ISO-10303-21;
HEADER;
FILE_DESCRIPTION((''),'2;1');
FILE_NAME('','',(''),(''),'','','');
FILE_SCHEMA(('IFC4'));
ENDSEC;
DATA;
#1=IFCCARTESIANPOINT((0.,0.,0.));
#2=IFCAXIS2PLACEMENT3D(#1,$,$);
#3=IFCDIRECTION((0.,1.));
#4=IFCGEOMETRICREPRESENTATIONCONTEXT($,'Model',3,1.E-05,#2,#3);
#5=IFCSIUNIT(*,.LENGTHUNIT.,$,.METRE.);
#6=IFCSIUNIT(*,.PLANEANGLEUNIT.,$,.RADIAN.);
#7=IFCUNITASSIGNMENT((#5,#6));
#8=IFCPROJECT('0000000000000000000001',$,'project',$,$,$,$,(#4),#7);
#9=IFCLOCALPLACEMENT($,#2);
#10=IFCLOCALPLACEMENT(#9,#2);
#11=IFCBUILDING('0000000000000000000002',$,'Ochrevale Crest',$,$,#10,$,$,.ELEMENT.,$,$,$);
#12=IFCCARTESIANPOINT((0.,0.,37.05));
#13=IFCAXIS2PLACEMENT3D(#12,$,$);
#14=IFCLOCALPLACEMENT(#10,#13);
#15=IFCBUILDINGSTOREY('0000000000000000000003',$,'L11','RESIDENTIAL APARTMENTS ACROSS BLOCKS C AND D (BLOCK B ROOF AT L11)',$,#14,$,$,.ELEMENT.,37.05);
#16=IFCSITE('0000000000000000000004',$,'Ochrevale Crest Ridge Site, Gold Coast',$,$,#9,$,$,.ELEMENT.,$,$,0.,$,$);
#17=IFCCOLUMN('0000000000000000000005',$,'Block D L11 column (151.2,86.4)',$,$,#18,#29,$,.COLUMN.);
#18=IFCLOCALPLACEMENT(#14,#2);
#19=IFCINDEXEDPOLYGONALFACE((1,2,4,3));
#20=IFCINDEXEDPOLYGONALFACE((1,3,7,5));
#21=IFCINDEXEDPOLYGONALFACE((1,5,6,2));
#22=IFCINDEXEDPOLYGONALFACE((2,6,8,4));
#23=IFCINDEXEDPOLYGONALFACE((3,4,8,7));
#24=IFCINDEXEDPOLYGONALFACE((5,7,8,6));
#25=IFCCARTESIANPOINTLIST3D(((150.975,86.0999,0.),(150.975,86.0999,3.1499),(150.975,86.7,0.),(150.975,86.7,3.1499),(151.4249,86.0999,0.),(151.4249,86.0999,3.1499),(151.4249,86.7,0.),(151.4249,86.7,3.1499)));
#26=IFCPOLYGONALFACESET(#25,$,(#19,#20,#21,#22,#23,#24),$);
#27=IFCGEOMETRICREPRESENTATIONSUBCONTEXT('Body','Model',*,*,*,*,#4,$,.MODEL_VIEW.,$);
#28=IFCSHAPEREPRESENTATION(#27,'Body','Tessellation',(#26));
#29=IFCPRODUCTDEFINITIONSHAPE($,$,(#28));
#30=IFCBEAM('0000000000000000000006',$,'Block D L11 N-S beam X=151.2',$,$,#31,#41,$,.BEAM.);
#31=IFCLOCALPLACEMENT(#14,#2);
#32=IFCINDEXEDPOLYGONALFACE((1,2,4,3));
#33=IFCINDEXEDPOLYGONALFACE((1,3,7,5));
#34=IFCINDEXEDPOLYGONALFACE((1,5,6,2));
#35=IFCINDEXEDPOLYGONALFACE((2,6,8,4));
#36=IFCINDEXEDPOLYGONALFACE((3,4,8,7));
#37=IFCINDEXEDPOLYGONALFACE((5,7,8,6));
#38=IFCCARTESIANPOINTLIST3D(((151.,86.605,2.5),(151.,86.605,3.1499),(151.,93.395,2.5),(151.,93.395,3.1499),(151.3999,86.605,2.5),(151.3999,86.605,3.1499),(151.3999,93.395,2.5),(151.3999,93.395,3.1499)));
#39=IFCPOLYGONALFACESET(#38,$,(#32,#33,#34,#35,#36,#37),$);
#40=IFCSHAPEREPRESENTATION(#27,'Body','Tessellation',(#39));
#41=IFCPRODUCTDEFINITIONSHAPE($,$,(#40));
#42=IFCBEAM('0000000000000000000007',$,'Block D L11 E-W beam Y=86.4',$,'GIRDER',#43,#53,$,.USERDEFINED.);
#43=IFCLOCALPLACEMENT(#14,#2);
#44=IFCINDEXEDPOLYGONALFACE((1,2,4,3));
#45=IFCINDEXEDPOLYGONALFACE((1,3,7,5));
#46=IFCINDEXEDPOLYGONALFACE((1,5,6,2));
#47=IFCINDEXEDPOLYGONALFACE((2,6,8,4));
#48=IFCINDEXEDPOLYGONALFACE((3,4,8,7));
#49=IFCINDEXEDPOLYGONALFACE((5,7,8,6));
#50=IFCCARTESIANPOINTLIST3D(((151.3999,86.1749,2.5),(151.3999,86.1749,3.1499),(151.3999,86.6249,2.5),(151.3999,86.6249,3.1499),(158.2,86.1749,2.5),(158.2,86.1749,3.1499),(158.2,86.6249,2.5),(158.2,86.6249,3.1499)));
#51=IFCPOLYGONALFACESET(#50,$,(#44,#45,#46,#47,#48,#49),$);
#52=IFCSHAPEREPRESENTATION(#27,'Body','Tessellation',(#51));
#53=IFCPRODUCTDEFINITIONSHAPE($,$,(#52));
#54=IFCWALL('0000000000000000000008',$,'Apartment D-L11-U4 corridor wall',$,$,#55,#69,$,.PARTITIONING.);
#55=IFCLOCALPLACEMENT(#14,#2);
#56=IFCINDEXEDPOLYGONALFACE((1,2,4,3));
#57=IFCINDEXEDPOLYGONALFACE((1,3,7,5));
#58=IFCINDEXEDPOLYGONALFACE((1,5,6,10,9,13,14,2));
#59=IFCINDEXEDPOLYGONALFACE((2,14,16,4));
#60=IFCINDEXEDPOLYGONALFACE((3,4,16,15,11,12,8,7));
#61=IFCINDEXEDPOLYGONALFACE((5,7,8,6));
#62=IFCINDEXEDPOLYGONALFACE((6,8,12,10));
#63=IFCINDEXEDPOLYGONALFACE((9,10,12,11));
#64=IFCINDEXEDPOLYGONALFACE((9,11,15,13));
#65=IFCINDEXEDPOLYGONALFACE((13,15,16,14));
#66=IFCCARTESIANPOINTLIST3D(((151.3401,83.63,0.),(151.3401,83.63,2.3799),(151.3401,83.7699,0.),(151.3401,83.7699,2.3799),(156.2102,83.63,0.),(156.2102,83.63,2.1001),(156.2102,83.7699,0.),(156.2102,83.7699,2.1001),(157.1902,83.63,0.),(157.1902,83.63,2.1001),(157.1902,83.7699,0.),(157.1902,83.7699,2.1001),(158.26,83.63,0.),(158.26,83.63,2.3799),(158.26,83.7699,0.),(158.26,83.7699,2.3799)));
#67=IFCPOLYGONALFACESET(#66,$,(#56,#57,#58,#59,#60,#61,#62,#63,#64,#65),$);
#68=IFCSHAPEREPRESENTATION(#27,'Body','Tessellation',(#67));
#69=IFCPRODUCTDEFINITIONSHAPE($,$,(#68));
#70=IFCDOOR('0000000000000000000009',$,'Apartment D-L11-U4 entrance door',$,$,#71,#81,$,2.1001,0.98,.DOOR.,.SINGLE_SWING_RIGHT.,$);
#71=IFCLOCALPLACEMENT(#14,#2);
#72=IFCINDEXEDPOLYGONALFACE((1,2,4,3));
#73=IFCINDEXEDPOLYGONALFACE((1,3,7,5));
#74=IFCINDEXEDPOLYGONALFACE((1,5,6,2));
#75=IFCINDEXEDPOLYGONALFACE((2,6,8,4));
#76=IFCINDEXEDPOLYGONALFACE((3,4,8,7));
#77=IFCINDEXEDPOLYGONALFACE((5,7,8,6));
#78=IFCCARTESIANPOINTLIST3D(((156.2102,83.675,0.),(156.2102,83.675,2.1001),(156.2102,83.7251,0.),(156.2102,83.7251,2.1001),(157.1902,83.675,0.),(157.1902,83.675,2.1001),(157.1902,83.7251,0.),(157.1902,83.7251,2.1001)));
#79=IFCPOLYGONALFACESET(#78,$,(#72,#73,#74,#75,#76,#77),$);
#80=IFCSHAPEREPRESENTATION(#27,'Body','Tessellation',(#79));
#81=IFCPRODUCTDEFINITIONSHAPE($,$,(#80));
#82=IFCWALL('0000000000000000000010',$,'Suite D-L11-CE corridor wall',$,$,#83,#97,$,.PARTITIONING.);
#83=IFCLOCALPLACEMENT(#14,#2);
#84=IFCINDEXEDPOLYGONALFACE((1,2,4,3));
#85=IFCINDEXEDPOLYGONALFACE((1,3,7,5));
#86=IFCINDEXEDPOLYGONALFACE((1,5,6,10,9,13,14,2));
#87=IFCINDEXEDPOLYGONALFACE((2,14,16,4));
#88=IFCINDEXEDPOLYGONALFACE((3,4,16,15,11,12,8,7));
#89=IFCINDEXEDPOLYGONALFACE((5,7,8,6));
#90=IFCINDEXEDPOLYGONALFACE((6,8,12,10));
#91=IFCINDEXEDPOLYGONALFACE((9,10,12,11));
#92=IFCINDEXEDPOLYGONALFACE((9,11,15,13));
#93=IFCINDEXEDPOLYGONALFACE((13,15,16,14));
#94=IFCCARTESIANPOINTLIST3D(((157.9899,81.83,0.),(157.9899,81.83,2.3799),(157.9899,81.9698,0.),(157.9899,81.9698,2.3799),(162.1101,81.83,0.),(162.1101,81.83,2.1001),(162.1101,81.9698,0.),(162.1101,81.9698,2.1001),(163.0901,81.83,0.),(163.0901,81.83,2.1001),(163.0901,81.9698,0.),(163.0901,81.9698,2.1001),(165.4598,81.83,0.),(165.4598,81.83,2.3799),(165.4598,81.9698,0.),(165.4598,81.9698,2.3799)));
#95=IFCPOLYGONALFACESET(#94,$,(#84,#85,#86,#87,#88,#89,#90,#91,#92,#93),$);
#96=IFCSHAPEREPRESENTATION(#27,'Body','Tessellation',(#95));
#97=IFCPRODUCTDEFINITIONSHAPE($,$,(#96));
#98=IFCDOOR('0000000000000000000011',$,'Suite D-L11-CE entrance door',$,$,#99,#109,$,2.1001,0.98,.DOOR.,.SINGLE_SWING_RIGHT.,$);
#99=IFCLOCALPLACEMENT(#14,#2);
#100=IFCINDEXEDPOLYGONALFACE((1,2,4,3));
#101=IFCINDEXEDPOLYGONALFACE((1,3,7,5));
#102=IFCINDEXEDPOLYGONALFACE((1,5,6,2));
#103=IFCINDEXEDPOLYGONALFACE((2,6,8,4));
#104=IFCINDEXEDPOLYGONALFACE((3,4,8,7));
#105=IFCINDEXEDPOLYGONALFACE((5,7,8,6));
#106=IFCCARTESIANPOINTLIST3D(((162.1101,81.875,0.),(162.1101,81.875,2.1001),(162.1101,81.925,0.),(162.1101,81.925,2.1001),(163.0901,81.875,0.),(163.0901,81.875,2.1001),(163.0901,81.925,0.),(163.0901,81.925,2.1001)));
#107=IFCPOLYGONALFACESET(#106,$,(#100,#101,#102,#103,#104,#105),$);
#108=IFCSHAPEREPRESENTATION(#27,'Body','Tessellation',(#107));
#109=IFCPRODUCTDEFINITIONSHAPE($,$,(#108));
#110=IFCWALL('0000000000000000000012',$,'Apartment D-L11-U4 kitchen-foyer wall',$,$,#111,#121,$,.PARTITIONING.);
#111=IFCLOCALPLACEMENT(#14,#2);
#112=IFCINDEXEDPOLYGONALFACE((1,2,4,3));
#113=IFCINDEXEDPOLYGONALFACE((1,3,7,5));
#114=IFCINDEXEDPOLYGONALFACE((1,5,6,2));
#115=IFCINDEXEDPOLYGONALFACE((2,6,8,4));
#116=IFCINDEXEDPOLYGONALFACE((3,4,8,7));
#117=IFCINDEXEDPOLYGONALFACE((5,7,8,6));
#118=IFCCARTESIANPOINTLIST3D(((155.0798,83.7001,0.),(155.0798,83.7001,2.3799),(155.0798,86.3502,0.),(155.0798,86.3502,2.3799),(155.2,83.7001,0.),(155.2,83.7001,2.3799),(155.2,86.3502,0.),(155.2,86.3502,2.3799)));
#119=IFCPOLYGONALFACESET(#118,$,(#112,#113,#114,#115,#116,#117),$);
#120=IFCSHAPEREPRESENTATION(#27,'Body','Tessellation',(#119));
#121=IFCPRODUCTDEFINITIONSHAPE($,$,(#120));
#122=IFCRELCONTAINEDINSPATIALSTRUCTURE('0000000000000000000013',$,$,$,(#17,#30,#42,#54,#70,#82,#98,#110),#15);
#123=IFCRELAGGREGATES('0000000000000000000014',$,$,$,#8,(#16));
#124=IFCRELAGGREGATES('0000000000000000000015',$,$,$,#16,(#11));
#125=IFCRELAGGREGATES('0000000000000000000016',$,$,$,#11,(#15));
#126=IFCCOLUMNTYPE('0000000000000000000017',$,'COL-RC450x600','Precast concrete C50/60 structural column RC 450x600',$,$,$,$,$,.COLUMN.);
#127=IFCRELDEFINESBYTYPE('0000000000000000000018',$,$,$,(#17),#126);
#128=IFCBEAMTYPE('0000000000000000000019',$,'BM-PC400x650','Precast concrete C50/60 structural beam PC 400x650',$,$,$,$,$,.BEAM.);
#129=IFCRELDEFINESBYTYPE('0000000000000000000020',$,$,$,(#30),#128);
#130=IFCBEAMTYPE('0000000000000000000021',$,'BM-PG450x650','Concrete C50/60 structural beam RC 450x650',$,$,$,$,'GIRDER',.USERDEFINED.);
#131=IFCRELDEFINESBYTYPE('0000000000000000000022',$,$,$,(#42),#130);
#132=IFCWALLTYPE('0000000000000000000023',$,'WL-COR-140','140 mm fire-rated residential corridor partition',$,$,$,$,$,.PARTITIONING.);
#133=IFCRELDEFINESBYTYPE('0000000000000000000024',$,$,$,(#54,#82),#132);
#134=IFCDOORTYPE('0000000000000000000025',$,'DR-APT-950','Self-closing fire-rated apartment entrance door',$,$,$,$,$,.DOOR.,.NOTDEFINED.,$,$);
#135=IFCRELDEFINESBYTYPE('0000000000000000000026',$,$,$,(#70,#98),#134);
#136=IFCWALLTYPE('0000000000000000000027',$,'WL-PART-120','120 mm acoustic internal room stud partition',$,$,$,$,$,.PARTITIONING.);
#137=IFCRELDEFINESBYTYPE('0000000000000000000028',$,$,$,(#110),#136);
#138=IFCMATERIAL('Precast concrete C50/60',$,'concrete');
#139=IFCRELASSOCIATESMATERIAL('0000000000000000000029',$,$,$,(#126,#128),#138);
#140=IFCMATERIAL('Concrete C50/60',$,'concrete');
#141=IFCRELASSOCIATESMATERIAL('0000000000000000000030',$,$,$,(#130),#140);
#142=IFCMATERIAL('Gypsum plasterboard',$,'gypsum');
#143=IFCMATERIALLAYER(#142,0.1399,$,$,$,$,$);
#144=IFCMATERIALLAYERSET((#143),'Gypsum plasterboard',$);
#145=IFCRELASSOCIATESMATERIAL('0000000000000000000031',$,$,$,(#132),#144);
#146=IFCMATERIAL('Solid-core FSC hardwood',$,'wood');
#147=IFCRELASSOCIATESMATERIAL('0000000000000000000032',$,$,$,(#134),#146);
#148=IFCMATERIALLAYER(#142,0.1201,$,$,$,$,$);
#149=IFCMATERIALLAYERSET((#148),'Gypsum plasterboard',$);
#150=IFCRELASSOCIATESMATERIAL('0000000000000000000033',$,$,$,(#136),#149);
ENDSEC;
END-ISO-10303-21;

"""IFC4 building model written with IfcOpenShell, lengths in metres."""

from ifc_helpers import new_model, si_unit, direction, frame, frame_2d, origin, origin_2d, place, context, subcontext, project, spatial, rectangle, extrude, material, layer, layer_set, material_profile, profile_set, type_object, element, fill, save


model = new_model("IFC4")

# Units and contexts
model_context = context("Model", 3, precision=1e-05, world=origin(), true_north=direction((0.0, 1.0)))
body_context = subcontext(model_context, "Body", "Model", "MODEL_VIEW")
ifc_project = project(units=[si_unit("LENGTHUNIT", "METRE"), si_unit("PLANEANGLEUNIT", "RADIAN")], contexts=[model_context])

# Site, building, storey
site_placement = place(None, origin())
site = spatial("IfcSite", under=ifc_project, at=site_placement, Name="Ochrevale Crest Ridge Site, Gold Coast", CompositionType="ELEMENT", RefElevation=0.0)
building_placement = place(site_placement, origin())
building = spatial("IfcBuilding", under=site, at=building_placement, Name="Ochrevale Crest", CompositionType="ELEMENT")
storey_placement = place(building_placement, frame((0.0, 0.0, 37.05)))
storey = spatial("IfcBuildingStorey", under=building, at=storey_placement, Name="L11", Description="RESIDENTIAL APARTMENTS ACROSS BLOCKS C AND D (BLOCK B ROOF AT L11)", CompositionType="ELEMENT", Elevation=37.05)

# Column
ifc_material_1 = material(Name="Precast concrete C50/60", Category="concrete")
ifc_material_profile_1 = material_profile(ifc_material_1, rectangle(XDim=0.45, YDim=0.6001, at=origin_2d()), Name="RC 450x600")
ifc_profile_set_1 = profile_set([ifc_material_profile_1], Name="Precast concrete C50/60")
column_type = type_object("IfcColumnType", Name="COL-RC450x600", Description="Precast concrete C50/60 structural column RC 450x600", PredefinedType="COLUMN", material=ifc_profile_set_1)
column_placement = place(storey_placement, frame((151.2, 86.3999, 0.0), z_axis=(0.0, 0.0, 1.0), x_axis=(1.0, 0.0, 0.0)))
element("IfcColumn", 1, at=column_placement, inside=storey, type_object=column_type, Name="Block D L11 column (151.2,86.4)", PredefinedType="COLUMN", context=body_context, shape_type="SweptSolid", body=[
    extrude(rectangle(XDim=0.45, YDim=0.6001, at=origin_2d()), origin(), (0.0, 0.0, 1.0), 3.1499),
])

# Beams
ifc_material_profile_2 = material_profile(ifc_material_1, rectangle(XDim=0.3999, YDim=0.6499, at=origin_2d()), Name="PC 400x650")
ifc_profile_set_2 = profile_set([ifc_material_profile_2], Name="Precast concrete C50/60")
beam_type_1 = type_object("IfcBeamType", Name="BM-PC400x650", Description="Precast concrete C50/60 structural beam PC 400x650", PredefinedType="BEAM", material=ifc_profile_set_2)
beam_1_placement = place(storey_placement, frame((151.2, 86.605, 2.825), z_axis=(0.0, 1.0, 0.0), x_axis=(-1.0, 0.0, 0.0)))
element("IfcBeam", 2, at=beam_1_placement, inside=storey, type_object=beam_type_1, Name="Block D L11 N-S beam X=151.2", PredefinedType="BEAM", context=body_context, shape_type="SweptSolid", body=[
    extrude(rectangle(XDim=0.3999, YDim=0.6499, at=origin_2d()), origin(), (0.0, 0.0, 1.0), 6.79),
])
ifc_material_2 = material(Name="Concrete C50/60", Category="concrete")
ifc_material_profile_3 = material_profile(ifc_material_2, rectangle(XDim=0.45, YDim=0.6499, at=origin_2d()), Name="RC 450x650")
ifc_profile_set_3 = profile_set([ifc_material_profile_3], Name="Concrete C50/60")
beam_type_2 = type_object("IfcBeamType", Name="BM-PG450x650", Description="Concrete C50/60 structural beam RC 450x650", ElementType="GIRDER", PredefinedType="USERDEFINED", material=ifc_profile_set_3)
beam_2_placement = place(storey_placement, frame((151.3999, 86.3999, 2.825), z_axis=(1.0, 0.0, 0.0), x_axis=(0.0, 1.0, 0.0)))
element("IfcBeam", 3, at=beam_2_placement, inside=storey, type_object=beam_type_2, Name="Block D L11 E-W beam Y=86.4", ObjectType="GIRDER", PredefinedType="USERDEFINED", context=body_context, shape_type="SweptSolid", body=[
    extrude(rectangle(XDim=0.45, YDim=0.6499, at=origin_2d()), origin(), (0.0, 0.0, 1.0), 6.8),
])

# Walls, openings, doors
ifc_material_3 = material(Name="Gypsum plasterboard", Category="gypsum")
ifc_layer_1 = layer(ifc_material_3, 0.1399)
ifc_layer_set_1 = layer_set([ifc_layer_1], Name="Gypsum plasterboard")
wall_type_1 = type_object("IfcWallType", Name="WL-COR-140", Description="140 mm fire-rated residential corridor partition", PredefinedType="PARTITIONING", material=ifc_layer_set_1)
wall_1_placement = place(storey_placement, frame((151.3401, 83.7, 0.0), z_axis=(0.0, 0.0, 1.0), x_axis=(1.0, 0.0, 0.0)))
wall_1 = element("IfcWall", 4, at=wall_1_placement, inside=storey, type_object=wall_type_1, Name="Apartment D-L11-U4 corridor wall", PredefinedType="PARTITIONING", context=body_context, shape_type="SweptSolid", body=[
    extrude(rectangle(XDim=6.9199, YDim=0.1399, at=frame_2d((3.46, 0.0))), origin(), (0.0, 0.0, 1.0), 2.3799),
])
opening_1_placement = place(wall_1_placement, frame((5.8501, 0.0, 0.0), z_axis=(0.0, 0.0, 1.0), x_axis=(-1.0, 0.0, 0.0)))
opening_1 = element("IfcOpeningElement", 5, at=opening_1_placement, cuts=wall_1, PredefinedType="OPENING", context=body_context, shape_type="SweptSolid", body=[
    extrude(rectangle(XDim=0.98, YDim=2.1001, at=frame_2d((0.49, 1.05))), frame((0.0, 0.0801, 0.0), z_axis=(0.0, -1.0, 0.0), x_axis=(1.0, 0.0, 0.0)), (0.0, 0.0, 1.0), 0.1599),
])
ifc_material_4 = material(Name="Solid-core FSC hardwood", Category="wood")
door_type_1 = type_object("IfcDoorType", Name="DR-APT-950", Description="Self-closing fire-rated apartment entrance door", OperationType="NOTDEFINED", PredefinedType="DOOR", material=ifc_material_4)
door_1_placement = place(opening_1_placement, origin())
door_1 = element("IfcDoor", 6, at=door_1_placement, inside=storey, type_object=door_type_1, Name="Apartment D-L11-U4 entrance door", OperationType="SINGLE_SWING_RIGHT", OverallHeight=2.1001, OverallWidth=0.98, PredefinedType="DOOR", context=body_context, shape_type="SweptSolid", body=[
    extrude(rectangle(XDim=0.98, YDim=2.1001, at=frame_2d((0.49, 1.05))), frame((0.0, 0.0249, 0.0), z_axis=(0.0, -1.0, 0.0), x_axis=(1.0, 0.0, 0.0)), (0.0, 0.0, 1.0), 0.05),
])
fill(opening_1, door_1)
wall_2_placement = place(storey_placement, frame((157.99, 81.8999, 0.0), z_axis=(0.0, 0.0, 1.0), x_axis=(1.0, 0.0, 0.0)))
wall_2 = element("IfcWall", 7, at=wall_2_placement, inside=storey, type_object=wall_type_1, Name="Suite D-L11-CE corridor wall", PredefinedType="PARTITIONING", context=body_context, shape_type="SweptSolid", body=[
    extrude(rectangle(XDim=7.47, YDim=0.1399, at=frame_2d((3.7349, 0.0))), origin(), (0.0, 0.0, 1.0), 2.3799),
])
opening_2_placement = place(wall_2_placement, frame((5.1001, 0.0, 0.0), z_axis=(0.0, 0.0, 1.0), x_axis=(-1.0, 0.0, 0.0)))
opening_2 = element("IfcOpeningElement", 8, at=opening_2_placement, cuts=wall_2, PredefinedType="OPENING", context=body_context, shape_type="SweptSolid", body=[
    extrude(rectangle(XDim=0.98, YDim=2.1001, at=frame_2d((0.49, 1.05))), frame((0.0, 0.0801, 0.0), z_axis=(0.0, -1.0, 0.0), x_axis=(1.0, 0.0, 0.0)), (0.0, 0.0, 1.0), 0.1599),
])
door_2_placement = place(opening_2_placement, origin())
door_2 = element("IfcDoor", 9, at=door_2_placement, inside=storey, type_object=door_type_1, Name="Suite D-L11-CE entrance door", OperationType="SINGLE_SWING_RIGHT", OverallHeight=2.1001, OverallWidth=0.98, PredefinedType="DOOR", context=body_context, shape_type="SweptSolid", body=[
    extrude(rectangle(XDim=0.98, YDim=2.1001, at=frame_2d((0.49, 1.05))), frame((0.0, 0.0249, 0.0), z_axis=(0.0, -1.0, 0.0), x_axis=(1.0, 0.0, 0.0)), (0.0, 0.0, 1.0), 0.05),
])
fill(opening_2, door_2)

# Wall
ifc_layer_2 = layer(ifc_material_3, 0.1201)
ifc_layer_set_2 = layer_set([ifc_layer_2], Name="Gypsum plasterboard")
wall_type_2 = type_object("IfcWallType", Name="WL-PART-120", Description="120 mm acoustic internal room stud partition", PredefinedType="PARTITIONING", material=ifc_layer_set_2)
wall_3_placement = place(storey_placement, frame((155.1399, 83.7, 0.0), z_axis=(0.0, 0.0, 1.0), x_axis=(0.0, 1.0, 0.0)))
element("IfcWall", 10, at=wall_3_placement, inside=storey, type_object=wall_type_2, Name="Apartment D-L11-U4 kitchen-foyer wall", PredefinedType="PARTITIONING", context=body_context, shape_type="SweptSolid", body=[
    extrude(rectangle(XDim=2.6501, YDim=0.1201, at=frame_2d((1.3252, 0.0))), origin(), (0.0, 0.0, 1.0), 2.3799),
])

save(model, "model.ifc")
